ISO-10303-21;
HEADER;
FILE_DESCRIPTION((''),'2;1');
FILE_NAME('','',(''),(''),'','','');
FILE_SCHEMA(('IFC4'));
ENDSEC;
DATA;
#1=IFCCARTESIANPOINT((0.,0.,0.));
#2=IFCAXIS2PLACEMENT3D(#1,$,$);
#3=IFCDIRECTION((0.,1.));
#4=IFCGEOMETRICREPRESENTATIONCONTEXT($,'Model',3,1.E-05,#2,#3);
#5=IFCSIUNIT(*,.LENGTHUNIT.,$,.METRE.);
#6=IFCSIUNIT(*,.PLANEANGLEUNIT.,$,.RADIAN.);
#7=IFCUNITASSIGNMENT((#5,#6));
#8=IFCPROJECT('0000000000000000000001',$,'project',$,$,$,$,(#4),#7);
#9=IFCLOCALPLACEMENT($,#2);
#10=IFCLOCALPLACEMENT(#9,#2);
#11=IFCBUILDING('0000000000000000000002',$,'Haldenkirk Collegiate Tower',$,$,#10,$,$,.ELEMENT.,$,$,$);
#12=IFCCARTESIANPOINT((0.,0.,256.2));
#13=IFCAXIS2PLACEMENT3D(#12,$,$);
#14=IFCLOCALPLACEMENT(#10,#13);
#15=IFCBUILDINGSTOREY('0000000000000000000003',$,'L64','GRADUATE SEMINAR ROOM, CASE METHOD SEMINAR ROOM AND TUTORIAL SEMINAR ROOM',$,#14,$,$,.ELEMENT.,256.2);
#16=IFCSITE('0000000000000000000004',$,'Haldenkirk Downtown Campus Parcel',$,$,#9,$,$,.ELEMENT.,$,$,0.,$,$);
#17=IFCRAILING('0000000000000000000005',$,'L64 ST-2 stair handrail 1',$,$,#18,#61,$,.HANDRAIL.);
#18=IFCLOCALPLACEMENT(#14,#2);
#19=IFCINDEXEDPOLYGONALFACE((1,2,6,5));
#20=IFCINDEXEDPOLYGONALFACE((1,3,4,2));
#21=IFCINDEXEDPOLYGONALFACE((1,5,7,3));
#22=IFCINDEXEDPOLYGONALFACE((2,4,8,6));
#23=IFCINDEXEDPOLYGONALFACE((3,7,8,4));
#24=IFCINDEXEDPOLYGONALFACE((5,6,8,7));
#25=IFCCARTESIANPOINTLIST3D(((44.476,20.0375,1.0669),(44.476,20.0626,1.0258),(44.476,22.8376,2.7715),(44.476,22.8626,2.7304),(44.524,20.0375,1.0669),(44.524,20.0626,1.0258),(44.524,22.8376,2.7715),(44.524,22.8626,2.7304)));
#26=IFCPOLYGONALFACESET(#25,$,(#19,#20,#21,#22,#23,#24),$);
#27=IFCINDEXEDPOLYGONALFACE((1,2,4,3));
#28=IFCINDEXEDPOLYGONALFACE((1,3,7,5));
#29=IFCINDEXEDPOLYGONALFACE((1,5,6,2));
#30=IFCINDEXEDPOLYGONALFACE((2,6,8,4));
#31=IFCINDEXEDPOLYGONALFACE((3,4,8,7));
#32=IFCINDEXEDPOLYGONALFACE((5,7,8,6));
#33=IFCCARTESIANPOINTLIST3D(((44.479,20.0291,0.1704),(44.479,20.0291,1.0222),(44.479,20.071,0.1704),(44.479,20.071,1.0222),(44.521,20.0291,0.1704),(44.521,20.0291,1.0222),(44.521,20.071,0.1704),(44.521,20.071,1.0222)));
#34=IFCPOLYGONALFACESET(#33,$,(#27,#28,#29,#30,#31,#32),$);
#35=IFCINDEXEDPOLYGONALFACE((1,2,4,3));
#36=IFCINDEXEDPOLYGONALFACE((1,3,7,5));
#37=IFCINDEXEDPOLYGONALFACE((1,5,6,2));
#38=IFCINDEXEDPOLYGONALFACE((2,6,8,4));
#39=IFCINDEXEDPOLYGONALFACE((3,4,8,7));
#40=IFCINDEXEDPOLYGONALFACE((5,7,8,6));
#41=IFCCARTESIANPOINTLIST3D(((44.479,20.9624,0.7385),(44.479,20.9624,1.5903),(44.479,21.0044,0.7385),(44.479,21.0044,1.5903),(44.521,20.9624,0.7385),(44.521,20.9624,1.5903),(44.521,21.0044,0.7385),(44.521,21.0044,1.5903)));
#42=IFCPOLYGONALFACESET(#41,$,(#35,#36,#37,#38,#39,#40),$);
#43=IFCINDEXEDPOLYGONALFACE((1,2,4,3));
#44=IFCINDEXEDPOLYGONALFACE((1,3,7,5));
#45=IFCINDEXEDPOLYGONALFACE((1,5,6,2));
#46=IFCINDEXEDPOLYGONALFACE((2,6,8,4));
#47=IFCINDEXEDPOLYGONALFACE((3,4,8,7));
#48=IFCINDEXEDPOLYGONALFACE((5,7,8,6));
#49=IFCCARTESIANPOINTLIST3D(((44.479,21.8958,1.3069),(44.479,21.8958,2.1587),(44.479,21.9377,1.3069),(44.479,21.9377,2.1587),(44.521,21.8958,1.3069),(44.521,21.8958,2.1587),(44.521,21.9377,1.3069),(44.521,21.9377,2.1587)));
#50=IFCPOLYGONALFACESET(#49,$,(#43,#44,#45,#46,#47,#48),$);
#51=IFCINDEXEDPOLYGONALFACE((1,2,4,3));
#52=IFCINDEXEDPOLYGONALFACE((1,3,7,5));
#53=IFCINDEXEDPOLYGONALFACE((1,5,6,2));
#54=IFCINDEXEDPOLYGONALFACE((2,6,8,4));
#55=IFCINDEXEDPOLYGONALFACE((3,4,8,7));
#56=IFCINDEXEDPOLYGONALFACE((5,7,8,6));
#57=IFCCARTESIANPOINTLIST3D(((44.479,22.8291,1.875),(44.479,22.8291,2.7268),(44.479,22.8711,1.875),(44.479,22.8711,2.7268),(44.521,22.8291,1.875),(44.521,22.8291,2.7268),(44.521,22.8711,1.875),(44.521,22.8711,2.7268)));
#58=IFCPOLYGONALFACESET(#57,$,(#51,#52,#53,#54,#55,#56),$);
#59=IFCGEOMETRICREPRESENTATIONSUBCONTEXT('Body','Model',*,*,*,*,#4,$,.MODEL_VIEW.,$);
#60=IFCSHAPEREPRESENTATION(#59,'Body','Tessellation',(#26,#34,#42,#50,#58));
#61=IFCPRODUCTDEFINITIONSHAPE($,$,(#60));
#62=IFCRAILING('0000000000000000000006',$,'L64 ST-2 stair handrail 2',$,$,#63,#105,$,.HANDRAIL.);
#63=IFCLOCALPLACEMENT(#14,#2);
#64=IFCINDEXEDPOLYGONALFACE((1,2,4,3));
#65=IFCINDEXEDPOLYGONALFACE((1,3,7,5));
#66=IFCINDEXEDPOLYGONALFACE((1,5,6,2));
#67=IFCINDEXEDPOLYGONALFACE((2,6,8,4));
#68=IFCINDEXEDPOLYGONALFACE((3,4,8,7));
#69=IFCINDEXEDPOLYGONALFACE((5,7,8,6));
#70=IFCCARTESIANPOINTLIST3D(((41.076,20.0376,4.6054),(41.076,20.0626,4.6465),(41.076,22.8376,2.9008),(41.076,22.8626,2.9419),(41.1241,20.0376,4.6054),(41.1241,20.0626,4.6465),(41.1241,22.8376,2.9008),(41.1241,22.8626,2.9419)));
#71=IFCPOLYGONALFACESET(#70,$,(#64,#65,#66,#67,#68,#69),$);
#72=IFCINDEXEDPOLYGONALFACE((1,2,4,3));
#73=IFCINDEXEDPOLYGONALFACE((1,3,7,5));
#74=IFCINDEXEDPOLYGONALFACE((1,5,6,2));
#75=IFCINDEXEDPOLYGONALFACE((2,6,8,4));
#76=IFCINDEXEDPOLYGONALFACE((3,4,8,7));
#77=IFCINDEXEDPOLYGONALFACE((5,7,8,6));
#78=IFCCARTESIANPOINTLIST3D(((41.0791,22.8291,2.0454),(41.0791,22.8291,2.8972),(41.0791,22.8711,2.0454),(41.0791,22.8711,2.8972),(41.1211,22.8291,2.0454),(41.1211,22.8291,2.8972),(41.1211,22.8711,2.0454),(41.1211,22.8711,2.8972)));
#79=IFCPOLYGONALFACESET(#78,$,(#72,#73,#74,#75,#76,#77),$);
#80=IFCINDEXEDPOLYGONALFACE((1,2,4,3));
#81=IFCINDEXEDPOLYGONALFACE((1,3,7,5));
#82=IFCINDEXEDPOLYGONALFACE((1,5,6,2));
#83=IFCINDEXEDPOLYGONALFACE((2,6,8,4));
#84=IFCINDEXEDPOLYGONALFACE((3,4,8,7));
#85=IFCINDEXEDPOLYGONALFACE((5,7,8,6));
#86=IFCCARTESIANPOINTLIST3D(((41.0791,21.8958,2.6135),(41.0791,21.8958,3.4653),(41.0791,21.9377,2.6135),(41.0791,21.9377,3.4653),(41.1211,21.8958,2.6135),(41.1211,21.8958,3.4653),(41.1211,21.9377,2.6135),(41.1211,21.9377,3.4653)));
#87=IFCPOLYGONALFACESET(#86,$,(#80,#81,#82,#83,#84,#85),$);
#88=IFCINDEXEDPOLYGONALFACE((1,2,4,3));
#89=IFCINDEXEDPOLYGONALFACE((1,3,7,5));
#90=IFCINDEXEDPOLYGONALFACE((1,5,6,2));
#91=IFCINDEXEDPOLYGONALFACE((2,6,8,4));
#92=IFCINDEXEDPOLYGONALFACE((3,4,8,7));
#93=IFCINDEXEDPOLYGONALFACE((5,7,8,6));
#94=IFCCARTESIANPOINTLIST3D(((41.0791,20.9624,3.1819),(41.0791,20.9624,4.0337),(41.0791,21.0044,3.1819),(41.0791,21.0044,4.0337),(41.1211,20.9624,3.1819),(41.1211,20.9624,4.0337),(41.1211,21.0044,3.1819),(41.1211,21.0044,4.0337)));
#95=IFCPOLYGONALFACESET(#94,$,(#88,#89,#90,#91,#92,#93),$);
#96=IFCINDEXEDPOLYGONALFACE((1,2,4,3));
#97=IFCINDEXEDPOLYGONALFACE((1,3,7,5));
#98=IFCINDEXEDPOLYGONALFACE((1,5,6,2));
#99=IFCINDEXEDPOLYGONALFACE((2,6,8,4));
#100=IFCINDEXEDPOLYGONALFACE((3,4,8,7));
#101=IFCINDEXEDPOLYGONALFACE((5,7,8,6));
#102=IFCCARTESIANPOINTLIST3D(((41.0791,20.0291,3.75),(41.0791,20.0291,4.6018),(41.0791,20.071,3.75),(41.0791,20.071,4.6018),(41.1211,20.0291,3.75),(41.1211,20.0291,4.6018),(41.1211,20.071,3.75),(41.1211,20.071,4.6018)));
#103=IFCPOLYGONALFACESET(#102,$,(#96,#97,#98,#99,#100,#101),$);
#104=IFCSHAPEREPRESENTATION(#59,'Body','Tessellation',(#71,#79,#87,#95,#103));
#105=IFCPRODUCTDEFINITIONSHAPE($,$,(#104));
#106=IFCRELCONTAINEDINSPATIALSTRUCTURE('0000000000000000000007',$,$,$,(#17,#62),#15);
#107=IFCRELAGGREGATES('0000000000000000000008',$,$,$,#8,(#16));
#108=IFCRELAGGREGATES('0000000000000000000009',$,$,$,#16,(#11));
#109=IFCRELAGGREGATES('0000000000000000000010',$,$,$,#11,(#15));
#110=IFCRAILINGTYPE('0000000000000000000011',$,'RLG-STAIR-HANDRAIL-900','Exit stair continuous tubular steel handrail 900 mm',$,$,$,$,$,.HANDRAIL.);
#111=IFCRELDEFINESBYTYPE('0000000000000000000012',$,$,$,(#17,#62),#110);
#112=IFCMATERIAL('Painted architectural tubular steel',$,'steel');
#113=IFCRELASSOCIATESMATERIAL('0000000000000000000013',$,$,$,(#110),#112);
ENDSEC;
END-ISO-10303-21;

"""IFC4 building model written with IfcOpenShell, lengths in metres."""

from ifc_helpers import new_model, si_unit, direction, frame, origin, origin_2d, place, context, subcontext, project, spatial, rectangle, extrude, material, type_object, element, save


model = new_model("IFC4")

# Units and contexts
model_context = context("Model", 3, precision=1e-05, world=origin(), true_north=direction((0.0, 1.0)))
body_context = subcontext(model_context, "Body", "Model", "MODEL_VIEW")
ifc_project = project(units=[si_unit("LENGTHUNIT", "METRE"), si_unit("PLANEANGLEUNIT", "RADIAN")], contexts=[model_context])

# Site, building, storey
site_placement = place(None, origin())
site = spatial("IfcSite", under=ifc_project, at=site_placement, Name="Haldenkirk Downtown Campus Parcel", CompositionType="ELEMENT", RefElevation=0.0)
building_placement = place(site_placement, origin())
building = spatial("IfcBuilding", under=site, at=building_placement, Name="Haldenkirk Collegiate Tower", CompositionType="ELEMENT")
storey_placement = place(building_placement, frame((0.0, 0.0, 256.2)))
storey = spatial("IfcBuildingStorey", under=building, at=storey_placement, Name="L64", Description="GRADUATE SEMINAR ROOM, CASE METHOD SEMINAR ROOM AND TUTORIAL SEMINAR ROOM", CompositionType="ELEMENT", Elevation=256.2)

# Railings
ifc_material_1 = material(Name="Painted architectural tubular steel", Category="steel")
railing_type_1 = type_object("IfcRailingType", Name="RLG-STAIR-HANDRAIL-900", Description="Exit stair continuous tubular steel handrail 900 mm", PredefinedType="HANDRAIL", material=ifc_material_1)
railing_1_placement = place(storey_placement, frame((44.5, 20.05, 0.1704)))
element("IfcRailing", 1, at=railing_1_placement, inside=storey, type_object=railing_type_1, Name="L64 ST-2 stair handrail 1", PredefinedType="HANDRAIL", context=body_context, shape_type="SweptSolid", body=[
    extrude(rectangle(XDim=0.0481, YDim=0.0481, at=origin_2d()), frame((0.0, 0.0, 0.876), z_axis=(0.0, 0.85417, 0.519994), x_axis=(-1.0, 0.0, 0.0)), (0.0, 0.0, 1.0), 3.2781),
    extrude(rectangle(XDim=0.042, YDim=0.042, at=origin_2d()), origin(), (0.0, 0.0, 1.0), 0.8518),
    extrude(rectangle(XDim=0.042, YDim=0.042, at=origin_2d()), frame((0.0, 0.9333, 0.5681)), (0.0, 0.0, 1.0), 0.8518),
    extrude(rectangle(XDim=0.042, YDim=0.042, at=origin_2d()), frame((0.0, 1.8667, 1.1365)), (0.0, 0.0, 1.0), 0.8518),
    extrude(rectangle(XDim=0.042, YDim=0.042, at=origin_2d()), frame((0.0, 2.8, 1.7046)), (0.0, 0.0, 1.0), 0.8518),
])
railing_2_placement = place(storey_placement, frame((41.1001, 22.8501, 2.0454)))
element("IfcRailing", 2, at=railing_2_placement, inside=storey, type_object=railing_type_1, Name="L64 ST-2 stair handrail 2", PredefinedType="HANDRAIL", context=body_context, shape_type="SweptSolid", body=[
    extrude(rectangle(XDim=0.0481, YDim=0.0481, at=origin_2d()), frame((0.0, 0.0, 0.876), z_axis=(0.0, -0.85417, 0.519994), x_axis=(1.0, 0.0, 0.0)), (0.0, 0.0, 1.0), 3.2781),
    extrude(rectangle(XDim=0.042, YDim=0.042, at=origin_2d()), origin(), (0.0, 0.0, 1.0), 0.8518),
    extrude(rectangle(XDim=0.042, YDim=0.042, at=origin_2d()), frame((0.0, -0.9333, 0.5681)), (0.0, 0.0, 1.0), 0.8518),
    extrude(rectangle(XDim=0.042, YDim=0.042, at=origin_2d()), frame((0.0, -1.8667, 1.1365)), (0.0, 0.0, 1.0), 0.8518),
    extrude(rectangle(XDim=0.042, YDim=0.042, at=origin_2d()), frame((0.0, -2.8, 1.7046)), (0.0, 0.0, 1.0), 0.8518),
])

save(model, "model.ifc")
